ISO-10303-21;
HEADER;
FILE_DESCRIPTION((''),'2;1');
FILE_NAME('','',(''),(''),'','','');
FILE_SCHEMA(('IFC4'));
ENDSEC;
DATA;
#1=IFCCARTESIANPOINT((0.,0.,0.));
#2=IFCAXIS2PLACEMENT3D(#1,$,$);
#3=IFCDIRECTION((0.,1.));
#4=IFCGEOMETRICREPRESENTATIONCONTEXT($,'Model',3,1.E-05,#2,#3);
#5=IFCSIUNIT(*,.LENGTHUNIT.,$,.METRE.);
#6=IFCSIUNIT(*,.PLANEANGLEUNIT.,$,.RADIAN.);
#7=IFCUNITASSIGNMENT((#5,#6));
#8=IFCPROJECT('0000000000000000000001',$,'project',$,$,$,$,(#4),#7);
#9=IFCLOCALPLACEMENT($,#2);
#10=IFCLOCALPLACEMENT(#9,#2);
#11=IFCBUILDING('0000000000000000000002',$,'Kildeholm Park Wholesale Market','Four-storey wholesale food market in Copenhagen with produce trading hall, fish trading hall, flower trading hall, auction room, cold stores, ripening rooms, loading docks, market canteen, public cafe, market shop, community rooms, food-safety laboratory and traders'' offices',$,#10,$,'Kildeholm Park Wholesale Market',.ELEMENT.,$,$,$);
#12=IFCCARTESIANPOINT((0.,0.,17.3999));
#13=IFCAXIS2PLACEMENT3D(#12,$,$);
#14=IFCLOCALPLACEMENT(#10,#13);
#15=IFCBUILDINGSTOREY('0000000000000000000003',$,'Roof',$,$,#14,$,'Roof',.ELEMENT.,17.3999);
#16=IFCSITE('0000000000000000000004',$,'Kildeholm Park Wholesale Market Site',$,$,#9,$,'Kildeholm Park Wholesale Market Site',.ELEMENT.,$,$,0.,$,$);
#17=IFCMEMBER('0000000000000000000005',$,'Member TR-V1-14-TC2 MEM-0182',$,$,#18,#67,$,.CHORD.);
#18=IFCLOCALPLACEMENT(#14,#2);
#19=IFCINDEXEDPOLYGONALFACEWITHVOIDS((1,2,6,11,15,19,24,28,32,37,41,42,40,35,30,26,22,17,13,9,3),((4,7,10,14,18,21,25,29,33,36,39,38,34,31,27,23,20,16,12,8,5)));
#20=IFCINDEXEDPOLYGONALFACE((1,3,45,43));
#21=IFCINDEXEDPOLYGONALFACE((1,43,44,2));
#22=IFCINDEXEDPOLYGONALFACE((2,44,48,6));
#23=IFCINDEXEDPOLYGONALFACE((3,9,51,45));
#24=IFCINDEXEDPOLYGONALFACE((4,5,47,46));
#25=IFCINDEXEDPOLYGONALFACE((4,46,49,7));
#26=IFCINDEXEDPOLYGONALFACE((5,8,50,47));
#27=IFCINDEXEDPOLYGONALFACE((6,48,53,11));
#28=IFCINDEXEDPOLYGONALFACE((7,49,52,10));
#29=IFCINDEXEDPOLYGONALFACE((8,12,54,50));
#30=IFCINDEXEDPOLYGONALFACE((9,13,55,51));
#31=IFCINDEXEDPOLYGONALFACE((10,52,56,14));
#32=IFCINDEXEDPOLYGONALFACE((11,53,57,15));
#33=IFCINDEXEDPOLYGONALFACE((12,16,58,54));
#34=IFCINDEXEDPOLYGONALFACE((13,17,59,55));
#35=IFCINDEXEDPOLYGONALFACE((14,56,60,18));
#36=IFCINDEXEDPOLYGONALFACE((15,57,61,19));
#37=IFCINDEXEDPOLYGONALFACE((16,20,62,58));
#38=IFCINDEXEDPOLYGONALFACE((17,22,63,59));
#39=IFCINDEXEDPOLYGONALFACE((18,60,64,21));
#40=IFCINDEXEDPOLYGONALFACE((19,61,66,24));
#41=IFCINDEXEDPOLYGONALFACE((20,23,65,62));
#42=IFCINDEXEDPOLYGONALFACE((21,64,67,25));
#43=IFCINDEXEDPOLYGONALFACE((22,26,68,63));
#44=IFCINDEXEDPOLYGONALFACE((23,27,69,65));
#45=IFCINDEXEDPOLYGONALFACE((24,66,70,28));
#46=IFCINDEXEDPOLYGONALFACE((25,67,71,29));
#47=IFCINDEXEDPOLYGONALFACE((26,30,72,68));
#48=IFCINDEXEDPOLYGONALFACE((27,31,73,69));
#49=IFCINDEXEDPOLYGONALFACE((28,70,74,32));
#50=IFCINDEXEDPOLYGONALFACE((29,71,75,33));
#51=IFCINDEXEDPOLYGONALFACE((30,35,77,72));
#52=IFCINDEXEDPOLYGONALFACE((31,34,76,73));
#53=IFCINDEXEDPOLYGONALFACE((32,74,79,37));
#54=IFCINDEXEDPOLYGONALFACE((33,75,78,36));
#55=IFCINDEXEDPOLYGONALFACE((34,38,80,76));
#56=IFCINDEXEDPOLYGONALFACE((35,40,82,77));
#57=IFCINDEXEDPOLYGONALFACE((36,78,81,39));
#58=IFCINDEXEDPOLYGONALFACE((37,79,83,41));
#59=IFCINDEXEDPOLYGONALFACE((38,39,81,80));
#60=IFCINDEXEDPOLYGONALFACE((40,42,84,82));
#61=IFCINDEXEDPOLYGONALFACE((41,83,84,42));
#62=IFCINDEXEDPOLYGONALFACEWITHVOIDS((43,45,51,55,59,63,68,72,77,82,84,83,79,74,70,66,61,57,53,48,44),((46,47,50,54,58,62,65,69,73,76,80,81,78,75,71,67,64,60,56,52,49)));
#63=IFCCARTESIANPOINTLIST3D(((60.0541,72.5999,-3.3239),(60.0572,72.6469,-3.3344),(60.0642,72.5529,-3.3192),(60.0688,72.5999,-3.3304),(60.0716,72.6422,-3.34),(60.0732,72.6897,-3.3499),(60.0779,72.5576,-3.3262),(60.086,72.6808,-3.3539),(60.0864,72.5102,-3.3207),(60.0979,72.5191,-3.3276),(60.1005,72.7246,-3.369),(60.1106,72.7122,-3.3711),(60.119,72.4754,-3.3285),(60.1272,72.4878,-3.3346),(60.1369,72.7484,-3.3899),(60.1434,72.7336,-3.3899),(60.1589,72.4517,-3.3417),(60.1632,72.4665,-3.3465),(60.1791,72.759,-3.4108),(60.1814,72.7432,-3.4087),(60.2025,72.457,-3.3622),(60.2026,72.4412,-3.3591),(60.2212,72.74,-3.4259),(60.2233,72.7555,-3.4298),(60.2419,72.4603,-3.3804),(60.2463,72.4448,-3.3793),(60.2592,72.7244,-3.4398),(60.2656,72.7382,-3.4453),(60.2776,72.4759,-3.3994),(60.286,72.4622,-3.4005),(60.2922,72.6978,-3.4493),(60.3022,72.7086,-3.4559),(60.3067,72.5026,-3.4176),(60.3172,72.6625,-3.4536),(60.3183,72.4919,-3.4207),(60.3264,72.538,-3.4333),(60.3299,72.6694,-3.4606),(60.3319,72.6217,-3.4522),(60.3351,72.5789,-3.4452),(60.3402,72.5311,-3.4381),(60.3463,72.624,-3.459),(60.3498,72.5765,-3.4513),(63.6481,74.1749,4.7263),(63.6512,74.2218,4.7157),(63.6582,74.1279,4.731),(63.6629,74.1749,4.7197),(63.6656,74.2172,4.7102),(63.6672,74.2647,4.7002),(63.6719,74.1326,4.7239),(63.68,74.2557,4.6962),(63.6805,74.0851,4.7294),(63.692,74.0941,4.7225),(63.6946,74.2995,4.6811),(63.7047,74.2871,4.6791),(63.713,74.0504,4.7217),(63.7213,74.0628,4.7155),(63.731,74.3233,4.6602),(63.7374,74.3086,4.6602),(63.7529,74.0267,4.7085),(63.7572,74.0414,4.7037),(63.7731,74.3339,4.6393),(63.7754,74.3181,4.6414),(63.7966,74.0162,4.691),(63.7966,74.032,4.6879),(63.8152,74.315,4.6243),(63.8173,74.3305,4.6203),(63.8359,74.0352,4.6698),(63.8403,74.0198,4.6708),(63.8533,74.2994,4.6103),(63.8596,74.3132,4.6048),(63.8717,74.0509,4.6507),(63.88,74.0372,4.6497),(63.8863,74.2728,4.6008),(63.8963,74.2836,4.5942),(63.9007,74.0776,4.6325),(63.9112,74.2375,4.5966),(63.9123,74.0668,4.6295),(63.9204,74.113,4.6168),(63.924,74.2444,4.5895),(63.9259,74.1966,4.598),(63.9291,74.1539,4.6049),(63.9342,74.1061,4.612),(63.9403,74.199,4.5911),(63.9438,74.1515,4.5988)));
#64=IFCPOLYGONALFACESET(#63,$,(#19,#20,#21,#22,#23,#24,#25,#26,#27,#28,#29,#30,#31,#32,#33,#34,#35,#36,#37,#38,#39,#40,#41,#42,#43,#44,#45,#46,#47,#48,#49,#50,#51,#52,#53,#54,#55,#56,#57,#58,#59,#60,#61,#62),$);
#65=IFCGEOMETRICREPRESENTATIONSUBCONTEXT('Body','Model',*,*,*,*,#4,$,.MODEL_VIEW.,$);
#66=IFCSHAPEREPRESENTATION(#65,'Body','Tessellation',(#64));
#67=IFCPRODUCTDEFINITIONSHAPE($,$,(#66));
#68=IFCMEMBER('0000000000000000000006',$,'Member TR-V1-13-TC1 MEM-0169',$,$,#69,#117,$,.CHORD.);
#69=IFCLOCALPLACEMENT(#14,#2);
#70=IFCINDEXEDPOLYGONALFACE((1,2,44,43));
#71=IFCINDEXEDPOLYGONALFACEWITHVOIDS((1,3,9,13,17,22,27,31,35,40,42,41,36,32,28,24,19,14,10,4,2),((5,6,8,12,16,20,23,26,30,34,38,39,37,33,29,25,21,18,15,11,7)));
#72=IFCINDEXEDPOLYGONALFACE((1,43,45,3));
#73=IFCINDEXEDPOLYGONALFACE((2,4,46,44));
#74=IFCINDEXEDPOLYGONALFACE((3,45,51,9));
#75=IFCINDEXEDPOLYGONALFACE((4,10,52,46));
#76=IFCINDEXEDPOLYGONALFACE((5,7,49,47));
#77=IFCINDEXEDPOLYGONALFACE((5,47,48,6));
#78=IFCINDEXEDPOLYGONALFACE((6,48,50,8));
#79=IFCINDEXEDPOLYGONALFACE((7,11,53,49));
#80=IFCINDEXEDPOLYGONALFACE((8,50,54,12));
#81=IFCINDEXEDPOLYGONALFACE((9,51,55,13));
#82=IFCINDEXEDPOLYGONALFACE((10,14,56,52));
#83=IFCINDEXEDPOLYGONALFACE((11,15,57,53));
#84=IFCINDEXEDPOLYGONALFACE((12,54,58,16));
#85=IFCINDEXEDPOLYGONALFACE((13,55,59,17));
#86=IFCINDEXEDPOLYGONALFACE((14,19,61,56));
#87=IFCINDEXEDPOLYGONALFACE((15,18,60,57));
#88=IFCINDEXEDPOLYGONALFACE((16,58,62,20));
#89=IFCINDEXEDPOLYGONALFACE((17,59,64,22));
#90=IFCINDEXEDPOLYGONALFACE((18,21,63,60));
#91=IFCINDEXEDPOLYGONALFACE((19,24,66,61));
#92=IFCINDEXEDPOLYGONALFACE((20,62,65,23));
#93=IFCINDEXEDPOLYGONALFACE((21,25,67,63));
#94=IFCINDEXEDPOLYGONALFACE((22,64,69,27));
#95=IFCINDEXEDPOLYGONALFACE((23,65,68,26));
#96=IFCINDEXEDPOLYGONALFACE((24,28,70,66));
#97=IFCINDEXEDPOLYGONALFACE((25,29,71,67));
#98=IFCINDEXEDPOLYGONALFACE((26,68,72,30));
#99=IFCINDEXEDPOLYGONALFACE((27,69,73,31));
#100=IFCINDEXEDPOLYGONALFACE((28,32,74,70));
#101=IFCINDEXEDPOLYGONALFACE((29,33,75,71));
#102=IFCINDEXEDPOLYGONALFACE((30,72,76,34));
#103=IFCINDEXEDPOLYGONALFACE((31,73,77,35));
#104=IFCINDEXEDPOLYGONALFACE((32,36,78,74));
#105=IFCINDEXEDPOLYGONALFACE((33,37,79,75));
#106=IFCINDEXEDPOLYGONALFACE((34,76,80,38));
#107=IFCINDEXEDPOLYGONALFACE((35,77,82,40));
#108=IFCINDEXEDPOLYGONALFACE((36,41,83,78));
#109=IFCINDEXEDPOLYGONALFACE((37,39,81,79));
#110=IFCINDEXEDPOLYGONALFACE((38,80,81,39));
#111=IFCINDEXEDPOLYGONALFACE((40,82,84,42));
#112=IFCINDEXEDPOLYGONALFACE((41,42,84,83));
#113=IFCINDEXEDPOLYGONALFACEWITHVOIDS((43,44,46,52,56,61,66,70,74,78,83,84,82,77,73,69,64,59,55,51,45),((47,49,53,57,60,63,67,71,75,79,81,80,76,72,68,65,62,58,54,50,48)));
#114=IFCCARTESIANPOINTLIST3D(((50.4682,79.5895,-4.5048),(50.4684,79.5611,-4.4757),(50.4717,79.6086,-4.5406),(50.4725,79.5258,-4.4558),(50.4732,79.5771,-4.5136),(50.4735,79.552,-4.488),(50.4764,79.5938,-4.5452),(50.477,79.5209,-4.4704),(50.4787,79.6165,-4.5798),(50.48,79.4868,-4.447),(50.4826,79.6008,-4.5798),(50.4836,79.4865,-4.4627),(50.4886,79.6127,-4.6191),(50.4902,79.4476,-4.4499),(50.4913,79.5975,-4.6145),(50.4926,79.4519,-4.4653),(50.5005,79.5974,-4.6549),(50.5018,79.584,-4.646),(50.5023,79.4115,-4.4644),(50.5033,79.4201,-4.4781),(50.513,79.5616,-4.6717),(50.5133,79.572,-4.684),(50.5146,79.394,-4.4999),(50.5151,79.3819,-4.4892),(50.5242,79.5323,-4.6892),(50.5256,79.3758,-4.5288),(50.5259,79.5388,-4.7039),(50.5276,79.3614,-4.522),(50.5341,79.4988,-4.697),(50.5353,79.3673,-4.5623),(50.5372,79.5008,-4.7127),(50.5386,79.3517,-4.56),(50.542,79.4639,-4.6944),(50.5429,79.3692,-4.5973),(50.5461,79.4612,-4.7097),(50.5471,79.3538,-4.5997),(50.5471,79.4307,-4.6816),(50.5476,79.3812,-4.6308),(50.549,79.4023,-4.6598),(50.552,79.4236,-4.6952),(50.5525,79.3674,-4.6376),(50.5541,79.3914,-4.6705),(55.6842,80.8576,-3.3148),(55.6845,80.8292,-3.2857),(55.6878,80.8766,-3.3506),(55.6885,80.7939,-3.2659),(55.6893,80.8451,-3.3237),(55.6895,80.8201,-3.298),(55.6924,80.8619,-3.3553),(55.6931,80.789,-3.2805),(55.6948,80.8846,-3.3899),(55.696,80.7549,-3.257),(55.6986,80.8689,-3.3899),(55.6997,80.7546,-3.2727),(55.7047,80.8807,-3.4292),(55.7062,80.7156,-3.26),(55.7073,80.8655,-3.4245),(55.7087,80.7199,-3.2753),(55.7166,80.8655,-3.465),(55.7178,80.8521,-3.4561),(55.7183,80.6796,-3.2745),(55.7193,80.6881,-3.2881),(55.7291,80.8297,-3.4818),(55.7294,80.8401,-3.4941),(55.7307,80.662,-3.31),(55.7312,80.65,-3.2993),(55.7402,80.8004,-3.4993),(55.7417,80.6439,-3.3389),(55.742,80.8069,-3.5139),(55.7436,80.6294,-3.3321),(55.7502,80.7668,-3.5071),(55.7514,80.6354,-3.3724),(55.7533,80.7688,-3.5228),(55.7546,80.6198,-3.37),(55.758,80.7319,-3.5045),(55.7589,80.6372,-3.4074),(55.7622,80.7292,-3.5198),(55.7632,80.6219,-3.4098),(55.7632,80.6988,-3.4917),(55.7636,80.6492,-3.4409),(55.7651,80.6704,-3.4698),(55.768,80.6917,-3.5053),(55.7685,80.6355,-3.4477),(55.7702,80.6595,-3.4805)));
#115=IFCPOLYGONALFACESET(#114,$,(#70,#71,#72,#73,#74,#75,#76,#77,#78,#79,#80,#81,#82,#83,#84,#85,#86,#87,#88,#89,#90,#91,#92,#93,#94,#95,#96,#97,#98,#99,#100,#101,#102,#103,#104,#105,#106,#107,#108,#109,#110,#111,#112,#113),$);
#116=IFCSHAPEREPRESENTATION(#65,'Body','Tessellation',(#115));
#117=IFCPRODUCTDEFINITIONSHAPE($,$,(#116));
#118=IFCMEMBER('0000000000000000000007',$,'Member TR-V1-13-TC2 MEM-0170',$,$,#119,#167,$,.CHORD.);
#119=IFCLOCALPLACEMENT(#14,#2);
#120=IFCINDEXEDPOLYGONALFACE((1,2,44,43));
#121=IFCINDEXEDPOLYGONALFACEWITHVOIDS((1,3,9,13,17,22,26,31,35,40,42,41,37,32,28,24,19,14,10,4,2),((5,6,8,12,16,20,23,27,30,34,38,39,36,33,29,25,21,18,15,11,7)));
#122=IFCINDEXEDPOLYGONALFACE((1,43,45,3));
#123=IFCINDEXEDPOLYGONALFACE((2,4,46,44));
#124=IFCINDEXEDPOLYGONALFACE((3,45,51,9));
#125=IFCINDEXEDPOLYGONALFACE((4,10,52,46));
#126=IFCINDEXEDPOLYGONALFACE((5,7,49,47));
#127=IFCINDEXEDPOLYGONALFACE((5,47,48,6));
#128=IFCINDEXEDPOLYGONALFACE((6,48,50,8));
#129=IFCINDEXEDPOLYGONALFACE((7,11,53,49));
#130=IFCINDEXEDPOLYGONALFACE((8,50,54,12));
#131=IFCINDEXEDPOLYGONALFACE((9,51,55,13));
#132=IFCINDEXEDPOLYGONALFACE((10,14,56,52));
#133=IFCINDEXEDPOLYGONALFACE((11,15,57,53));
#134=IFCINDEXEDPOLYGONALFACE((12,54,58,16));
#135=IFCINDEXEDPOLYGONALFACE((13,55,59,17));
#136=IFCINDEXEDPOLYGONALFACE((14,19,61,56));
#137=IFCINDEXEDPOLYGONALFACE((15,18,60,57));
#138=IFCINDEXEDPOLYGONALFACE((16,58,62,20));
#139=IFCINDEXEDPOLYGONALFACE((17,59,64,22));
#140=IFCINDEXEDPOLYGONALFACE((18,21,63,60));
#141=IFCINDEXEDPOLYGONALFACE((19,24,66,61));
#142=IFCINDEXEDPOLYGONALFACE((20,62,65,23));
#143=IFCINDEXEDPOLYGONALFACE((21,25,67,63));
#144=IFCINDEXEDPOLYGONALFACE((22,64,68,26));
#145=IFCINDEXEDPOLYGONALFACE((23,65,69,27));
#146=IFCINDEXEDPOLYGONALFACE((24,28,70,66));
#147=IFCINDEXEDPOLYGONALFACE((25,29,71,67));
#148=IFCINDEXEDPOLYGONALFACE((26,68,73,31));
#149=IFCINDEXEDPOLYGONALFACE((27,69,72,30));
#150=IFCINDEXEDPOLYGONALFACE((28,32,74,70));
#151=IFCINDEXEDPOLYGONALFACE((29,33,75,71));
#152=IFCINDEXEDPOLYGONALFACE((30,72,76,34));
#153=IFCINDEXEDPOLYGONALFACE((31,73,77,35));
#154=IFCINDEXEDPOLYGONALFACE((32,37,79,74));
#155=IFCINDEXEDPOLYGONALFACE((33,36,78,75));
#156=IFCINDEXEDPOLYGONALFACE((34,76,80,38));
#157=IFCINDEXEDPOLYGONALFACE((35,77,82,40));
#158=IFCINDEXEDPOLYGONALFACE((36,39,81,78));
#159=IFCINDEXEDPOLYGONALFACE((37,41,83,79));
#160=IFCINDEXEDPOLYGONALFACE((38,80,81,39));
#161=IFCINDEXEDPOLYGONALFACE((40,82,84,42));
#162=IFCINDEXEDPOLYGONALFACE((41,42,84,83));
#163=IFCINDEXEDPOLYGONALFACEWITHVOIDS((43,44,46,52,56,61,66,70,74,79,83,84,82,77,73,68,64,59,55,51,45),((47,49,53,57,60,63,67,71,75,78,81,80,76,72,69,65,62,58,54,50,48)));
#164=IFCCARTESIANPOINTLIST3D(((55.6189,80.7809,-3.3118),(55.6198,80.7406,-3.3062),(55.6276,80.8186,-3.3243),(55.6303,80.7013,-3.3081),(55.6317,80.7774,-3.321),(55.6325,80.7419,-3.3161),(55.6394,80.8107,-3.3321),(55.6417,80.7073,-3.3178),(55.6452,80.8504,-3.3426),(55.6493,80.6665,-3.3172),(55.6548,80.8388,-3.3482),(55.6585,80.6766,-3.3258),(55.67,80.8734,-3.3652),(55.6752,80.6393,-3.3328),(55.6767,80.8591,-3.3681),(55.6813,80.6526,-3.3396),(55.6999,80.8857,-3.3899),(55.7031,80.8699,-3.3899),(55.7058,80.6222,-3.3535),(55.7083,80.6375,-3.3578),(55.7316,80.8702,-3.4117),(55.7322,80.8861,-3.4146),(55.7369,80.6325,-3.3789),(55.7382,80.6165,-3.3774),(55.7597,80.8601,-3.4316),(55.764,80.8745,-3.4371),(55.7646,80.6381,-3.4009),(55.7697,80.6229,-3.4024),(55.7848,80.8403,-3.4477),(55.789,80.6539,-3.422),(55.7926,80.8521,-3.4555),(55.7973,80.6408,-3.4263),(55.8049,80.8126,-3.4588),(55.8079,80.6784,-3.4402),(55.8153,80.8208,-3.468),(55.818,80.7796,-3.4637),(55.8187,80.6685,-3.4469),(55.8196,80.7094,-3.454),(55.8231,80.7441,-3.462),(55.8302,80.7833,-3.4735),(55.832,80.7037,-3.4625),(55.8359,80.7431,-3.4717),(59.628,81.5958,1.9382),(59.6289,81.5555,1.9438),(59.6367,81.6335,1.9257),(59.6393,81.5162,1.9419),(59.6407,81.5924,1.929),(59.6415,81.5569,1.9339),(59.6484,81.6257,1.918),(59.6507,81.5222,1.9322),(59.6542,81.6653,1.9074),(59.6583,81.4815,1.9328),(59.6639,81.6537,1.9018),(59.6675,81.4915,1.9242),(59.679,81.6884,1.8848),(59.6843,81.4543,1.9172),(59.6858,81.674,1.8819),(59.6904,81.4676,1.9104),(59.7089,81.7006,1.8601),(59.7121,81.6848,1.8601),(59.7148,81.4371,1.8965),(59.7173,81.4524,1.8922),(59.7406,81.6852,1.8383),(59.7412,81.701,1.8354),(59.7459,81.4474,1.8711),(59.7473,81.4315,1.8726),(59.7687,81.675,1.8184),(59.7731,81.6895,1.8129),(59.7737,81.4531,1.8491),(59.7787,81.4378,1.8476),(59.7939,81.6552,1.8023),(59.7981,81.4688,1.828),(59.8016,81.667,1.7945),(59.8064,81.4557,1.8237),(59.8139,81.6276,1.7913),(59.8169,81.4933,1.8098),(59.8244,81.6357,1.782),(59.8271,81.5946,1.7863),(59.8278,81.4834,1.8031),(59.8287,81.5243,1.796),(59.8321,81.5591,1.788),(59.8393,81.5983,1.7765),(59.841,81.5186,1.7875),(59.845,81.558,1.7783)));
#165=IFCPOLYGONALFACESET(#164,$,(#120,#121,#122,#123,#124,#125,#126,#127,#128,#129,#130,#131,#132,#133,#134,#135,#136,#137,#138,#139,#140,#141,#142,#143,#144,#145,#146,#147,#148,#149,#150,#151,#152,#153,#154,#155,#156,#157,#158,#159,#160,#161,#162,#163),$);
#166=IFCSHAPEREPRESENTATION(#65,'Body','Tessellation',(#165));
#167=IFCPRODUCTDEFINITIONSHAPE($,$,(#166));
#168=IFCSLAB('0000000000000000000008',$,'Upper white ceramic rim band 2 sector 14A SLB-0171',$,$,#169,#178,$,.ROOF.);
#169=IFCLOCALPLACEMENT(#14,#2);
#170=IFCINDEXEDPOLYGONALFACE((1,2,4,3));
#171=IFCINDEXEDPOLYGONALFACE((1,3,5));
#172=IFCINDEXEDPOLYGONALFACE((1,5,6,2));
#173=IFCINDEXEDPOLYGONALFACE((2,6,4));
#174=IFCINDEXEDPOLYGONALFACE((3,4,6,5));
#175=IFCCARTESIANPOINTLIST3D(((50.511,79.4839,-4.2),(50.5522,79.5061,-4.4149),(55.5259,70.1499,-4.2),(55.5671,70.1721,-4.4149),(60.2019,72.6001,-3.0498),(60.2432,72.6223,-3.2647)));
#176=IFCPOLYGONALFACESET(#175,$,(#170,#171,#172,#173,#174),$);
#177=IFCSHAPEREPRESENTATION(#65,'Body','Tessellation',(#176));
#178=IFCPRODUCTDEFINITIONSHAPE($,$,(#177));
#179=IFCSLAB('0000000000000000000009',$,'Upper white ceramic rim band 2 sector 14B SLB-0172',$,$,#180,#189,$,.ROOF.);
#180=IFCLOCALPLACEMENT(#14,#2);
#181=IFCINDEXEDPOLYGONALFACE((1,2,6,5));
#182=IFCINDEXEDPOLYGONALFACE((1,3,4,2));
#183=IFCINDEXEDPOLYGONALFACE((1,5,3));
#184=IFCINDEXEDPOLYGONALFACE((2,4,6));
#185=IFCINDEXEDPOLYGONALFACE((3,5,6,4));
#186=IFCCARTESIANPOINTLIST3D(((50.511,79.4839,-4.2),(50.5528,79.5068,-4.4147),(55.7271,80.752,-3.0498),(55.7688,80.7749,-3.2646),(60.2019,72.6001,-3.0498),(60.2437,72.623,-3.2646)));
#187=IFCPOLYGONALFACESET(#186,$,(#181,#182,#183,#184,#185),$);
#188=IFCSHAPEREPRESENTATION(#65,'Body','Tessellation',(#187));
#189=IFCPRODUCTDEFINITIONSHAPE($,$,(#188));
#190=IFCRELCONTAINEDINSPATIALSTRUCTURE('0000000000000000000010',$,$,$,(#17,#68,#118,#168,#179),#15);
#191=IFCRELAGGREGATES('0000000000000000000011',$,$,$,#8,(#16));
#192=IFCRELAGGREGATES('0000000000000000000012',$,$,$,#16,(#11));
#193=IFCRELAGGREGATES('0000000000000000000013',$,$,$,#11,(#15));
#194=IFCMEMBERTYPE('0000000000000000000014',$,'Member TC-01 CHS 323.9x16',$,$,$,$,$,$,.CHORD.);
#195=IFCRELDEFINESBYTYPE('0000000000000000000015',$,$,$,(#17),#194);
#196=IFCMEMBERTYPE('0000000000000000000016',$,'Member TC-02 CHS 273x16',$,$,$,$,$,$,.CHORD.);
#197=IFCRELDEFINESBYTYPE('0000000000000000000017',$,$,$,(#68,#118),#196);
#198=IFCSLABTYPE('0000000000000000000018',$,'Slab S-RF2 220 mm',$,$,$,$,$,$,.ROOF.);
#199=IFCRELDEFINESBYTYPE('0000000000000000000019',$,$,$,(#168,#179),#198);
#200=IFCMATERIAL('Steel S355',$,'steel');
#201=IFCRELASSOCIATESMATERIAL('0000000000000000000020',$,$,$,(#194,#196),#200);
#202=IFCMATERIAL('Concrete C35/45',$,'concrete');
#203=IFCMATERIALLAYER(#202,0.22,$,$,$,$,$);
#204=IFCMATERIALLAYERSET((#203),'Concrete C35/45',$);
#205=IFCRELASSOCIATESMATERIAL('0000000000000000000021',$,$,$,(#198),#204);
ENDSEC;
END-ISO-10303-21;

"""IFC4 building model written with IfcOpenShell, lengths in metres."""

from ifc_helpers import new_model, si_unit, direction, frame, origin, origin_2d, place, context, subcontext, project, spatial, polyline, hollow_circle, outline, extrude, material, layer, layer_set, material_profile, profile_set, type_object, element, save


model = new_model("IFC4")

# Units and contexts
model_context = context("Model", 3, precision=1e-05, world=origin(), true_north=direction((0.0, 1.0)))
body_context = subcontext(model_context, "Body", "Model", "MODEL_VIEW")
ifc_project = project(units=[si_unit("LENGTHUNIT", "METRE"), si_unit("PLANEANGLEUNIT", "RADIAN")], contexts=[model_context])

# Site, building, storey
site_placement = place(None, origin())
site = spatial("IfcSite", under=ifc_project, at=site_placement, Name="Kildeholm Park Wholesale Market Site", LongName="Kildeholm Park Wholesale Market Site", CompositionType="ELEMENT", RefElevation=0.0)
building_placement = place(site_placement, origin())
building = spatial("IfcBuilding", under=site, at=building_placement, Name="Kildeholm Park Wholesale Market", Description="Four-storey wholesale food market in Copenhagen with produce trading hall, fish trading hall, flower trading hall, auction room, cold stores, ripening rooms, loading docks, market canteen, public cafe, market shop, community rooms, food-safety laboratory and traders' offices", LongName="Kildeholm Park Wholesale Market", CompositionType="ELEMENT")
storey_placement = place(building_placement, frame((0.0, 0.0, 17.3999)))
storey = spatial("IfcBuildingStorey", under=building, at=storey_placement, Name="Roof", LongName="Roof", CompositionType="ELEMENT", Elevation=17.3999)

# Shared definitions
ifc_material_1 = material(Name="Steel S355", Category="steel")

# Members
ifc_material_profile_1 = material_profile(ifc_material_1, hollow_circle(Radius=0.1619, WallThickness=0.0161, at=origin_2d()), Name="CHS 323.9x16")
ifc_profile_set_1 = profile_set([ifc_material_profile_1], Name="Steel S355")
member_type_1 = type_object("IfcMemberType", Name="Member TC-01 CHS 323.9x16", PredefinedType="CHORD", material=ifc_profile_set_1)
member_1_placement = place(storey_placement, frame((60.2019, 72.6001, -3.3899), z_axis=(0.401318, 0.175865, 0.898897), x_axis=(-0.40137, 0.915916, 0.0)))
element("IfcMember", 1, at=member_1_placement, inside=storey, type_object=member_type_1, Name="Member TR-V1-14-TC2 MEM-0182", PredefinedType="CHORD", context=body_context, shape_type="SweptSolid", body=[
    extrude(hollow_circle(Radius=0.1619, WallThickness=0.0161, at=origin_2d()), origin(), (0.0, 0.0, 1.0), 8.9556),
])
ifc_material_profile_2 = material_profile(ifc_material_1, hollow_circle(Radius=0.1365, WallThickness=0.0161, at=origin_2d()), Name="CHS 273x16")
ifc_profile_set_2 = profile_set([ifc_material_profile_2], Name="Steel S355")
member_type_2 = type_object("IfcMemberType", Name="Member TC-02 CHS 273x16", PredefinedType="CHORD", material=ifc_profile_set_2)
member_2_placement = place(storey_placement, frame((50.511, 79.4839, -4.5798), z_axis=(0.948669, 0.230629, 0.21642), x_axis=(-0.236227, 0.971698, 0.0)))
element("IfcMember", 2, at=member_2_placement, inside=storey, type_object=member_type_2, Name="Member TR-V1-13-TC1 MEM-0169", PredefinedType="CHORD", context=body_context, shape_type="SweptSolid", body=[
    extrude(hollow_circle(Radius=0.1365, WallThickness=0.0161, at=origin_2d()), origin(), (0.0, 0.0, 1.0), 5.4983),
])
member_3_placement = place(storey_placement, frame((55.7271, 80.752, -3.3899), z_axis=(0.602342, 0.122442, 0.788792), x_axis=(-0.199202, 0.979958, 0.0)))
element("IfcMember", 3, at=member_3_placement, inside=storey, type_object=member_type_2, Name="Member TR-V1-13-TC2 MEM-0170", PredefinedType="CHORD", context=body_context, shape_type="SweptSolid", body=[
    extrude(hollow_circle(Radius=0.1365, WallThickness=0.0161, at=origin_2d()), origin(), (0.0, 0.0, 1.0), 6.6558),
])

# Slabs
ifc_material_2 = material(Name="Concrete C35/45", Category="concrete")
ifc_layer_1 = layer(ifc_material_2, 0.22)
ifc_layer_set_1 = layer_set([ifc_layer_1], Name="Concrete C35/45")
slab_type = type_object("IfcSlabType", Name="Slab S-RF2 220 mm", PredefinedType="ROOF", material=ifc_layer_set_1)
slab_1_placement = place(storey_placement, frame((50.511, 79.4839, -4.2), z_axis=(-0.187533, -0.100756, 0.977077), x_axis=(0.473288, -0.880908, 0.0)))
element("IfcSlab", 4, at=slab_1_placement, inside=storey, type_object=slab_type, Name="Upper white ceramic rim band 2 sector 14A SLB-0171", PredefinedType="ROOF", context=body_context, shape_type="SweptSolid", body=[
    extrude(outline(polyline([(0.0, 0.0), (10.5959, 0.0), (10.6506, 5.4026), (0.0, 0.0)])), origin(), (0.0, 0.0, -1.0), 0.22),
])
slab_2_placement = place(storey_placement, frame((50.511, 79.4839, -4.2), z_axis=(-0.189919, -0.104253, 0.976249), x_axis=(0.811465, -0.576411, 0.096307)))
element("IfcSlab", 5, at=slab_2_placement, inside=storey, type_object=slab_type, Name="Upper white ceramic rim band 2 sector 14B SLB-0172", PredefinedType="ROOF", context=body_context, shape_type="SweptSolid", body=[
    extrude(outline(polyline([(0.0, 0.0), (11.9425, 0.0), (3.6125, 4.1338), (0.0, 0.0)])), origin(), (0.0, 0.0, -1.0), 0.22),
])

save(model, "model.ifc")
